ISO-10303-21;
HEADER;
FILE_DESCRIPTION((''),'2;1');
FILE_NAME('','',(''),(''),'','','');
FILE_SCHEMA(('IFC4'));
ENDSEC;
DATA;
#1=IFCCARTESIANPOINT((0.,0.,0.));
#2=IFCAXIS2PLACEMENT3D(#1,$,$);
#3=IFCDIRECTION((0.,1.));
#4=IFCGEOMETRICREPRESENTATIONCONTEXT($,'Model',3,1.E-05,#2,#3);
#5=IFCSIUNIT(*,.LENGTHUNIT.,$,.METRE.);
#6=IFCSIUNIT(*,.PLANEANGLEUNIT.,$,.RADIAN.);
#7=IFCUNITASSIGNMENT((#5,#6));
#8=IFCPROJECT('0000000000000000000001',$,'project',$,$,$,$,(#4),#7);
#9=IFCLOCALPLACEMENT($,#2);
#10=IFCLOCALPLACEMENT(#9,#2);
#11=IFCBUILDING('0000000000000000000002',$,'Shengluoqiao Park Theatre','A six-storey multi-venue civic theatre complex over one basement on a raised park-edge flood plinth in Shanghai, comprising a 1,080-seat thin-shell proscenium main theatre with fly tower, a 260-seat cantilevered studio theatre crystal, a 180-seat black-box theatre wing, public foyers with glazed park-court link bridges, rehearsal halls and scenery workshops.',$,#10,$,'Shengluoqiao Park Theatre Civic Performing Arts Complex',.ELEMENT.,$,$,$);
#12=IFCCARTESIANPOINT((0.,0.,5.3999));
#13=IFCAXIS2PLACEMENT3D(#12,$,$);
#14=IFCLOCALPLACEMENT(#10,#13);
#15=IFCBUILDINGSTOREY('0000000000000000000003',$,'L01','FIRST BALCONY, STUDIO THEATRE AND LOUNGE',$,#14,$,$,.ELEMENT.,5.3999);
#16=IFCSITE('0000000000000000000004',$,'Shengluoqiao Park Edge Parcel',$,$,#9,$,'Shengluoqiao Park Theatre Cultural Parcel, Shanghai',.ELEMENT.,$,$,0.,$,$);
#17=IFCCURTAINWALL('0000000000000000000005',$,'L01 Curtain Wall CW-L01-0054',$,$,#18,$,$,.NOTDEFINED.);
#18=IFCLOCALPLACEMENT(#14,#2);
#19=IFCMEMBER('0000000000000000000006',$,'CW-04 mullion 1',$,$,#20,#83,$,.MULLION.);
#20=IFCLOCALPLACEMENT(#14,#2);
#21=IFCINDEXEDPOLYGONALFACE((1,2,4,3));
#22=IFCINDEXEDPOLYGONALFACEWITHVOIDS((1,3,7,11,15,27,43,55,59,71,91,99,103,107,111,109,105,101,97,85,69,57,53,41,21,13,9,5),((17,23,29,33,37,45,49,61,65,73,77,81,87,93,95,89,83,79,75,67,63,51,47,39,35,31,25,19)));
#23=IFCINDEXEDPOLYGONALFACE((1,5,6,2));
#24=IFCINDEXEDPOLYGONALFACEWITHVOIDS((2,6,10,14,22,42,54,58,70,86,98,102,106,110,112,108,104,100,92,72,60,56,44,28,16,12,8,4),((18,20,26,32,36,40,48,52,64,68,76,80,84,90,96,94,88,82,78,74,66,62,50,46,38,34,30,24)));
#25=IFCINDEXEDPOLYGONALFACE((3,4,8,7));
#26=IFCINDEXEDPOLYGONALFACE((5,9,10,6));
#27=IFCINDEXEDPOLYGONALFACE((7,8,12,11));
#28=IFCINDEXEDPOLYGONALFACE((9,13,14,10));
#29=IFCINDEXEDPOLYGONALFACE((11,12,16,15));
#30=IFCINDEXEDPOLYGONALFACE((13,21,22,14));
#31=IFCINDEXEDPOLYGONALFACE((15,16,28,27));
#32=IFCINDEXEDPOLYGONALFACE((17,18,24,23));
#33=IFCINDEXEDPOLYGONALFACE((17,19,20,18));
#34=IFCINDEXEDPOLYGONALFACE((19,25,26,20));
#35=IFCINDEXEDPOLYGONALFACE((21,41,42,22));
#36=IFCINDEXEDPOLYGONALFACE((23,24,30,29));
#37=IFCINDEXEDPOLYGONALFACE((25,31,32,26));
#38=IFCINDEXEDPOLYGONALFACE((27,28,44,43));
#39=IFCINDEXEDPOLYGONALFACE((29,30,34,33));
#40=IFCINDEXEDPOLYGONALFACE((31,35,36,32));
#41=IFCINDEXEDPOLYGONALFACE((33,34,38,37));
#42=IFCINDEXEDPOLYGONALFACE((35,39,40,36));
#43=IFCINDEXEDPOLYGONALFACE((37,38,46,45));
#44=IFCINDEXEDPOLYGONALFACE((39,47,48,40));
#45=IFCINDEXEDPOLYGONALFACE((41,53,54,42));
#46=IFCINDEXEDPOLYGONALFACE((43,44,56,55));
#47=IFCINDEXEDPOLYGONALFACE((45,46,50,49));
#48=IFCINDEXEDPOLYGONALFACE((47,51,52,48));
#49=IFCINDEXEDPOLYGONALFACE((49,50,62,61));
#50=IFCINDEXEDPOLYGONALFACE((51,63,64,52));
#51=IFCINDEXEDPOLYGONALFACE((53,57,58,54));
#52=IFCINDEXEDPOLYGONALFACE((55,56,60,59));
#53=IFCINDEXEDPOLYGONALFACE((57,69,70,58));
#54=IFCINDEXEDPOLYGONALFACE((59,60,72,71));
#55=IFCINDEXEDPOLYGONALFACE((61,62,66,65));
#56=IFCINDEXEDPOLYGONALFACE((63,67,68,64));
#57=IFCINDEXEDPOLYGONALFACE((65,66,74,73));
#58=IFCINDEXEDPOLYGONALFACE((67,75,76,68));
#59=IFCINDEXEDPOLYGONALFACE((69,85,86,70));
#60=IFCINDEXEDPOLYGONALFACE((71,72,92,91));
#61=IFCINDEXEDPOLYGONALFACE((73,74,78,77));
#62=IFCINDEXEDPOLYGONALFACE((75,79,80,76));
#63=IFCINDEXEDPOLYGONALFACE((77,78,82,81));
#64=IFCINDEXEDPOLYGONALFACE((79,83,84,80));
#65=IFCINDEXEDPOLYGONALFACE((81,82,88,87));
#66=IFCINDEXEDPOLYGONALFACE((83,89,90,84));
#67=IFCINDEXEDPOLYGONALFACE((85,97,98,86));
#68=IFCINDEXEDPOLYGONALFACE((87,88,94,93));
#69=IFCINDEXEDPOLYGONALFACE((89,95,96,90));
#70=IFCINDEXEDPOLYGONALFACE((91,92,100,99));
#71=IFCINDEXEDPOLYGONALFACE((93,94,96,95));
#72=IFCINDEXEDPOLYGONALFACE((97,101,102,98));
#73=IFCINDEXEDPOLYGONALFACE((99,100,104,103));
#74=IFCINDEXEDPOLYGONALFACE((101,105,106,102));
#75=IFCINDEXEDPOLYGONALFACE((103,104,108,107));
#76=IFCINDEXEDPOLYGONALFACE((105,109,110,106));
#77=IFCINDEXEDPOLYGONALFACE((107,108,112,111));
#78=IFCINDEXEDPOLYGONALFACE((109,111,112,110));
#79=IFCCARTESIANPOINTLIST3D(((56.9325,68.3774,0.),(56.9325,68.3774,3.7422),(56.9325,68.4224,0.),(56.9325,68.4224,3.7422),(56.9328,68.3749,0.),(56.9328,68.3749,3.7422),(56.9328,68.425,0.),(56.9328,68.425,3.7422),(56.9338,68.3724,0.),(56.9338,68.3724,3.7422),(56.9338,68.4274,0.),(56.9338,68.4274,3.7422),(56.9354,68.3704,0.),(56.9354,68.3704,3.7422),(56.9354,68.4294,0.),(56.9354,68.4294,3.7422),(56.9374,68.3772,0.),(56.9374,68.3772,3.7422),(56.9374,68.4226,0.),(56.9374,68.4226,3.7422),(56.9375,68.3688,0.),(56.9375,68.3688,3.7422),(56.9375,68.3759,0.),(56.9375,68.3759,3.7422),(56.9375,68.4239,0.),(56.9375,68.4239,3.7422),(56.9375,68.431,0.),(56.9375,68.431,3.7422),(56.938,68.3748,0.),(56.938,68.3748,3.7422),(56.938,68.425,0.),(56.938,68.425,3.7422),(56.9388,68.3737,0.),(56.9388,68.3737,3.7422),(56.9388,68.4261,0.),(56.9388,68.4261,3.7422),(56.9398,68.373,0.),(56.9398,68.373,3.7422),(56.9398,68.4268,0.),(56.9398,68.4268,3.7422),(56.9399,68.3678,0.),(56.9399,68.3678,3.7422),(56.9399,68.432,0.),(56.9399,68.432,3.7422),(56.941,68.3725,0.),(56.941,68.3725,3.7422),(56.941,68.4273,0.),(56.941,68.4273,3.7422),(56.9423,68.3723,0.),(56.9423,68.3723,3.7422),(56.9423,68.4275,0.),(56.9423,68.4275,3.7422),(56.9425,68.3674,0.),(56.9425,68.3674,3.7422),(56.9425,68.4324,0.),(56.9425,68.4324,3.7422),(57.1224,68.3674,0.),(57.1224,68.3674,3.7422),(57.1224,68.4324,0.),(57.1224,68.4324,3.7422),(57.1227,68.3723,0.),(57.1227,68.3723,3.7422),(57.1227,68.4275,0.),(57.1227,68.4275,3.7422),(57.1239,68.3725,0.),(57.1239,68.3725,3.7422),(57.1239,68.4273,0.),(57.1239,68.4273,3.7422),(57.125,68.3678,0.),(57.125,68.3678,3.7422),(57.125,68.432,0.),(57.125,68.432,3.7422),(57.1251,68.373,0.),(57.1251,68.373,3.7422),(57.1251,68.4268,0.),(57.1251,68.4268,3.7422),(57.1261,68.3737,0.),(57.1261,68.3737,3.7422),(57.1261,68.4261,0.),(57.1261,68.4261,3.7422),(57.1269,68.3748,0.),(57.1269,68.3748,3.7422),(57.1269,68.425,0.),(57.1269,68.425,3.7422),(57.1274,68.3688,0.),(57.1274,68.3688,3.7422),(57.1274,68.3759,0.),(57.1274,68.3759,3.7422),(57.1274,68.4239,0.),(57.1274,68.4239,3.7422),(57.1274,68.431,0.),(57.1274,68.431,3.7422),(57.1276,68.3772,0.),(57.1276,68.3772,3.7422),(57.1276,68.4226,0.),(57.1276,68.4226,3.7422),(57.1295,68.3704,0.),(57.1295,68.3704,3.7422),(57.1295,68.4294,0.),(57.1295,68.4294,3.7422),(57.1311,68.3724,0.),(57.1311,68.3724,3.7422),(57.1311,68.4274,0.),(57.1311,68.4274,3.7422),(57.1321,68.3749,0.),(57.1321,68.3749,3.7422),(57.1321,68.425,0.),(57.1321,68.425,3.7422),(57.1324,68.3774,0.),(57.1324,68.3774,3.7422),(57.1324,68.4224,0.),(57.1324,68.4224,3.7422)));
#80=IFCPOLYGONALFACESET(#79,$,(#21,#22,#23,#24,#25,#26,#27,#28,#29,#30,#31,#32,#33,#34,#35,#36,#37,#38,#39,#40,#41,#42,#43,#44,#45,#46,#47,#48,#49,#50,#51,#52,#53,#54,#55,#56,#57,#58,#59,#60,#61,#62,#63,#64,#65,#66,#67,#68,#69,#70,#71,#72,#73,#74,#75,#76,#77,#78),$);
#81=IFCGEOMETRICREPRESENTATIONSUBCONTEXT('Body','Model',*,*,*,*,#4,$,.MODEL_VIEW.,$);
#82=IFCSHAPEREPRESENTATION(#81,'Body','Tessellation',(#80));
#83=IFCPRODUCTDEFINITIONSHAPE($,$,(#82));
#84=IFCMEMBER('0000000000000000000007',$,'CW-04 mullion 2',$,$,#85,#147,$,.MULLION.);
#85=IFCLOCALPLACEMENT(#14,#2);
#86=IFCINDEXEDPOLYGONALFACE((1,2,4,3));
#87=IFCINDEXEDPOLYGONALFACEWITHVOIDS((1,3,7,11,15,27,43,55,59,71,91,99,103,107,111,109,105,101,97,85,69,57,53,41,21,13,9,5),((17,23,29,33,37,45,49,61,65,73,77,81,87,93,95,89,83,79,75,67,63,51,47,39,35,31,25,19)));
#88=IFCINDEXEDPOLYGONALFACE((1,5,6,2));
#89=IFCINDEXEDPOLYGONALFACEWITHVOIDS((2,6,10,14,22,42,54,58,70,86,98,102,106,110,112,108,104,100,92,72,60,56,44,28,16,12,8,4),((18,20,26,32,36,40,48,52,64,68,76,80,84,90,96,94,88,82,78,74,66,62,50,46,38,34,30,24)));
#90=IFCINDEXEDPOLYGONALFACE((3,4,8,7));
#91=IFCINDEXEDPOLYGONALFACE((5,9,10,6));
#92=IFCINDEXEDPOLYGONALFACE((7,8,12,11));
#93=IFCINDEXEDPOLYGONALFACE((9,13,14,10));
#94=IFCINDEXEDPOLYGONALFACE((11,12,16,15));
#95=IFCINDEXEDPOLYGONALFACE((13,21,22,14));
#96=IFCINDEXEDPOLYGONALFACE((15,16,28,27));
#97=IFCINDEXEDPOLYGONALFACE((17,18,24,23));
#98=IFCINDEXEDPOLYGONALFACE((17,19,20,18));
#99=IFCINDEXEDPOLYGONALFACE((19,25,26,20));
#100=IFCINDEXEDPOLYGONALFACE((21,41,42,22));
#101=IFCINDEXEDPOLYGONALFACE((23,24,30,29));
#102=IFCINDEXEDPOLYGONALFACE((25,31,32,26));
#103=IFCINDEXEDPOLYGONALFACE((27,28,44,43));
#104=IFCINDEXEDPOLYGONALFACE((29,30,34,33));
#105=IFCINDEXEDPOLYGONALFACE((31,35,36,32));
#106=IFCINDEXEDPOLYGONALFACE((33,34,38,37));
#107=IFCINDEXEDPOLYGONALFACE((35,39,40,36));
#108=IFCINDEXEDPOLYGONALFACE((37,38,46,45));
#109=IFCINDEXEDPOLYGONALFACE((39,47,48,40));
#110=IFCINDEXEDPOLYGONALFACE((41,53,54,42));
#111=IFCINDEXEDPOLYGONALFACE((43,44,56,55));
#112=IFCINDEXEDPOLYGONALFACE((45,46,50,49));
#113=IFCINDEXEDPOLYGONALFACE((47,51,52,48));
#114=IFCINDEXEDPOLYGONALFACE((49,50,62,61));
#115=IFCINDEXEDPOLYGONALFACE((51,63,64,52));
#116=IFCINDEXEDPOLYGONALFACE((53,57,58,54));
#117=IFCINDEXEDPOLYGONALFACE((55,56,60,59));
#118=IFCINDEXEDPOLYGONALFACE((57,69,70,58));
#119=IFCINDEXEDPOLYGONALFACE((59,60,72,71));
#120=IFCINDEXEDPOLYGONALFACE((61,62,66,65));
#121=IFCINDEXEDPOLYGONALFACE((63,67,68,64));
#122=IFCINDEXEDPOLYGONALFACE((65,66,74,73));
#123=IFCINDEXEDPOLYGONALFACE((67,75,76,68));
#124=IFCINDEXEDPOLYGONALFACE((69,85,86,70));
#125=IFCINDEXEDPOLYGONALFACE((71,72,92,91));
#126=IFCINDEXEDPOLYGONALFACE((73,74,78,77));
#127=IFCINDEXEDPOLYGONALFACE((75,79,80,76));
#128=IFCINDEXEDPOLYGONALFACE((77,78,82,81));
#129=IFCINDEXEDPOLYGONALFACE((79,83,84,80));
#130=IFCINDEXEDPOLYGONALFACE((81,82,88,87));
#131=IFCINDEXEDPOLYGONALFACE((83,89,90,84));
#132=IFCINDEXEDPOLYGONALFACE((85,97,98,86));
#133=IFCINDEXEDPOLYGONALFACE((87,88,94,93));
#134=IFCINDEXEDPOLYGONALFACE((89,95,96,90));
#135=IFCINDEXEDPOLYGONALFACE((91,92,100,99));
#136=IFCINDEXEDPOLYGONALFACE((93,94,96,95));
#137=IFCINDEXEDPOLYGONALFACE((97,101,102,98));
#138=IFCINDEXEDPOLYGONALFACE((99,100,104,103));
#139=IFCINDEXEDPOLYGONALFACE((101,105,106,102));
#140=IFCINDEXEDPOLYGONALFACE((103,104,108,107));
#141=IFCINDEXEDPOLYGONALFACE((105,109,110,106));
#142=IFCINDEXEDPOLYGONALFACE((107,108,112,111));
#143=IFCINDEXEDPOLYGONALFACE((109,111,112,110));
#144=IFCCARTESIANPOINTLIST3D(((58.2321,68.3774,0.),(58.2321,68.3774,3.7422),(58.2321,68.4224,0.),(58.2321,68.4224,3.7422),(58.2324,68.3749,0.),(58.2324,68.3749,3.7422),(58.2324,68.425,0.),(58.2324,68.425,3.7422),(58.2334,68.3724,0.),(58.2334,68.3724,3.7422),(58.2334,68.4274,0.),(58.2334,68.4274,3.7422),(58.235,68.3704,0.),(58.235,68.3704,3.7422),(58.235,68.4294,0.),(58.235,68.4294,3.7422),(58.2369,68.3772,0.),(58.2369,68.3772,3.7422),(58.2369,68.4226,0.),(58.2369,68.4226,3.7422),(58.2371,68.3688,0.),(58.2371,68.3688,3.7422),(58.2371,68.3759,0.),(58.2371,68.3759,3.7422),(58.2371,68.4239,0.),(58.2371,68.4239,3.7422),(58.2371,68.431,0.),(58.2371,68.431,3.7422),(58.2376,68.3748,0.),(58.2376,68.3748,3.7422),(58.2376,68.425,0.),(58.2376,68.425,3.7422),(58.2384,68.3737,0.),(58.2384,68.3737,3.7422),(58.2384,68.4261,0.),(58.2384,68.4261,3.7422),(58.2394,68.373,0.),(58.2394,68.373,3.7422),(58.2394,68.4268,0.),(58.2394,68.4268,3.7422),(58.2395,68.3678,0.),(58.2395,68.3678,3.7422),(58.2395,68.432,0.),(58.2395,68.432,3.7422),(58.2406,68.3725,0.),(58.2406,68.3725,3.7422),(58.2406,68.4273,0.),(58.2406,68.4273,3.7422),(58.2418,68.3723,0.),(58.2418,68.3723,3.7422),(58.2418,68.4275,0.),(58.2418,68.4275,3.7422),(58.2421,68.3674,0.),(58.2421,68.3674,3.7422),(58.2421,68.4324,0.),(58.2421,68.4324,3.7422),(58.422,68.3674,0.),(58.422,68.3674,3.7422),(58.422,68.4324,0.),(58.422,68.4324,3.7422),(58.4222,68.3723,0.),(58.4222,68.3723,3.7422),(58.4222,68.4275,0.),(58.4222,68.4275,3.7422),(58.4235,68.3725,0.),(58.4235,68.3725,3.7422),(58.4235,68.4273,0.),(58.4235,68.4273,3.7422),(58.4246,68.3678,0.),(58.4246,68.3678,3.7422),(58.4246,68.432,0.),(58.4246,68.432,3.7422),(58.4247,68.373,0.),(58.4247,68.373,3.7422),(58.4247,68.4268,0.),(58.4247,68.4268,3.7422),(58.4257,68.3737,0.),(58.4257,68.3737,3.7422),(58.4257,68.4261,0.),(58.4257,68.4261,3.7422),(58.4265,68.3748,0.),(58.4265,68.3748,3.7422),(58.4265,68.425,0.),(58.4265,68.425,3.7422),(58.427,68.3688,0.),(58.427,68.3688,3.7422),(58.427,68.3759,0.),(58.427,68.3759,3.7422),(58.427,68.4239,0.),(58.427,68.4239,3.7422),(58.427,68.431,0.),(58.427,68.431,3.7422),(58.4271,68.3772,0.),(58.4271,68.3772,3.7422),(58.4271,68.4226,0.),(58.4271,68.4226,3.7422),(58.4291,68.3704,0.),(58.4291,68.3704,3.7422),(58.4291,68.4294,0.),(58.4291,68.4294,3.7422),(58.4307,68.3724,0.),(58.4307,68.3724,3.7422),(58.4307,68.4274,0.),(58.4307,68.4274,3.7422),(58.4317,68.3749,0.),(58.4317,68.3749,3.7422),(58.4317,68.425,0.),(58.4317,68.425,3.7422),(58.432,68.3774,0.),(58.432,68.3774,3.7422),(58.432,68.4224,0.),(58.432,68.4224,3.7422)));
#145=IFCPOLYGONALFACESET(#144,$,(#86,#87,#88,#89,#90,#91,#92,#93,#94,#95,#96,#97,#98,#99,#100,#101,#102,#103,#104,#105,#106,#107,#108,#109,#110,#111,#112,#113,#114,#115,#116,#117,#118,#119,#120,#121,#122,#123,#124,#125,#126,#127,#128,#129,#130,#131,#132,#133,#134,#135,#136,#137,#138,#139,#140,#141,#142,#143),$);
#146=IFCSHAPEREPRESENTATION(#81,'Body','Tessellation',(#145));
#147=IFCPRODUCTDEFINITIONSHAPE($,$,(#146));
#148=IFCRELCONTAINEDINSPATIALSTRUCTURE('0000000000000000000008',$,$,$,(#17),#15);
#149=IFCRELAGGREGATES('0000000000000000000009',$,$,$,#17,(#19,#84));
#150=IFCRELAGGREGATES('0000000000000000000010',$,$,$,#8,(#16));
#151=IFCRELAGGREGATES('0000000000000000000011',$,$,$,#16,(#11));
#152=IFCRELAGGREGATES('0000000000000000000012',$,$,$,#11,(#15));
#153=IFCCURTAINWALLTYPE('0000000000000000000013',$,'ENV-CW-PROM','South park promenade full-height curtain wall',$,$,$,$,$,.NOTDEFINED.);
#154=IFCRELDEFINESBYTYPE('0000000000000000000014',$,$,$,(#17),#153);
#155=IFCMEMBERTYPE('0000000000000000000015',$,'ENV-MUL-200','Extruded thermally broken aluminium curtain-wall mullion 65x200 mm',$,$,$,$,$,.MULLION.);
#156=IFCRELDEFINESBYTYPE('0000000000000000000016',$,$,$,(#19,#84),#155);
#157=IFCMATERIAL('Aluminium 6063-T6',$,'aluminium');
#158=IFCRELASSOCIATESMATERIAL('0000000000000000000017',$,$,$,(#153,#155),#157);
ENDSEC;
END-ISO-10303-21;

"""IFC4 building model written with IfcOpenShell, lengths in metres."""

from ifc_helpers import new_model, si_unit, direction, frame, origin, origin_2d, place, context, subcontext, project, spatial, hollow_rectangle, extrude, material, material_profile, profile_set, type_object, element, aggregate, save


model = new_model("IFC4")

# Units and contexts
model_context = context("Model", 3, precision=1e-05, world=origin(), true_north=direction((0.0, 1.0)))
body_context = subcontext(model_context, "Body", "Model", "MODEL_VIEW")
ifc_project = project(units=[si_unit("LENGTHUNIT", "METRE"), si_unit("PLANEANGLEUNIT", "RADIAN")], contexts=[model_context])

# Site, building, storey
site_placement = place(None, origin())
site = spatial("IfcSite", under=ifc_project, at=site_placement, Name="Shengluoqiao Park Edge Parcel", LongName="Shengluoqiao Park Theatre Cultural Parcel, Shanghai", CompositionType="ELEMENT", RefElevation=0.0)
building_placement = place(site_placement, origin())
building = spatial("IfcBuilding", under=site, at=building_placement, Name="Shengluoqiao Park Theatre", Description="A six-storey multi-venue civic theatre complex over one basement on a raised park-edge flood plinth in Shanghai, comprising a 1,080-seat thin-shell proscenium main theatre with fly tower, a 260-seat cantilevered studio theatre crystal, a 180-seat black-box theatre wing, public foyers with glazed park-court link bridges, rehearsal halls and scenery workshops.", LongName="Shengluoqiao Park Theatre Civic Performing Arts Complex", CompositionType="ELEMENT")
storey_placement = place(building_placement, frame((0.0, 0.0, 5.3999)))
storey = spatial("IfcBuildingStorey", under=building, at=storey_placement, Name="L01", Description="FIRST BALCONY, STUDIO THEATRE AND LOUNGE", CompositionType="ELEMENT", Elevation=5.3999)

# Curtain wall, members
ifc_material_1 = material(Name="Aluminium 6063-T6", Category="aluminium")
curtain_wall_type = type_object("IfcCurtainWallType", Name="ENV-CW-PROM", Description="South park promenade full-height curtain wall", PredefinedType="NOTDEFINED", material=ifc_material_1)
ifc_material_profile_1 = material_profile(ifc_material_1, hollow_rectangle(XDim=0.0649, YDim=0.2, WallThickness=0.0049, InnerFilletRadius=0.0049, OuterFilletRadius=0.01, at=origin_2d()), Name="ALU MULLION 200x65x5")
ifc_profile_set_1 = profile_set([ifc_material_profile_1], Name="Aluminium 6063-T6")
member_type_1 = type_object("IfcMemberType", Name="ENV-MUL-200", Description="Extruded thermally broken aluminium curtain-wall mullion 65x200 mm", PredefinedType="MULLION", material=ifc_profile_set_1)
curtain_wall_1_placement = place(storey_placement, origin())
curtain_wall_1 = element("IfcCurtainWall", 1, at=curtain_wall_1_placement, inside=storey, type_object=curtain_wall_type, Name="L01 Curtain Wall CW-L01-0054", PredefinedType="NOTDEFINED")
member_1_placement = place(storey_placement, frame((57.0325, 68.3999, 0.0), z_axis=(0.0, 0.0, 1.0), x_axis=(0.0, 1.0, 0.0)))
member_1 = element("IfcMember", 2, at=member_1_placement, type_object=member_type_1, Name="CW-04 mullion 1", PredefinedType="MULLION", context=body_context, shape_type="SweptSolid", body=[
    extrude(hollow_rectangle(XDim=0.0649, YDim=0.2, WallThickness=0.0049, InnerFilletRadius=0.0049, OuterFilletRadius=0.01, at=origin_2d()), origin(), (0.0, 0.0, 1.0), 3.7422),
])
member_2_placement = place(storey_placement, frame((58.332, 68.3999, 0.0), z_axis=(0.0, 0.0, 1.0), x_axis=(0.0, 1.0, 0.0)))
member_2 = element("IfcMember", 3, at=member_2_placement, type_object=member_type_1, Name="CW-04 mullion 2", PredefinedType="MULLION", context=body_context, shape_type="SweptSolid", body=[
    extrude(hollow_rectangle(XDim=0.0649, YDim=0.2, WallThickness=0.0049, InnerFilletRadius=0.0049, OuterFilletRadius=0.01, at=origin_2d()), origin(), (0.0, 0.0, 1.0), 3.7422),
])

aggregate(curtain_wall_1, [member_1, member_2])

save(model, "model.ifc")
